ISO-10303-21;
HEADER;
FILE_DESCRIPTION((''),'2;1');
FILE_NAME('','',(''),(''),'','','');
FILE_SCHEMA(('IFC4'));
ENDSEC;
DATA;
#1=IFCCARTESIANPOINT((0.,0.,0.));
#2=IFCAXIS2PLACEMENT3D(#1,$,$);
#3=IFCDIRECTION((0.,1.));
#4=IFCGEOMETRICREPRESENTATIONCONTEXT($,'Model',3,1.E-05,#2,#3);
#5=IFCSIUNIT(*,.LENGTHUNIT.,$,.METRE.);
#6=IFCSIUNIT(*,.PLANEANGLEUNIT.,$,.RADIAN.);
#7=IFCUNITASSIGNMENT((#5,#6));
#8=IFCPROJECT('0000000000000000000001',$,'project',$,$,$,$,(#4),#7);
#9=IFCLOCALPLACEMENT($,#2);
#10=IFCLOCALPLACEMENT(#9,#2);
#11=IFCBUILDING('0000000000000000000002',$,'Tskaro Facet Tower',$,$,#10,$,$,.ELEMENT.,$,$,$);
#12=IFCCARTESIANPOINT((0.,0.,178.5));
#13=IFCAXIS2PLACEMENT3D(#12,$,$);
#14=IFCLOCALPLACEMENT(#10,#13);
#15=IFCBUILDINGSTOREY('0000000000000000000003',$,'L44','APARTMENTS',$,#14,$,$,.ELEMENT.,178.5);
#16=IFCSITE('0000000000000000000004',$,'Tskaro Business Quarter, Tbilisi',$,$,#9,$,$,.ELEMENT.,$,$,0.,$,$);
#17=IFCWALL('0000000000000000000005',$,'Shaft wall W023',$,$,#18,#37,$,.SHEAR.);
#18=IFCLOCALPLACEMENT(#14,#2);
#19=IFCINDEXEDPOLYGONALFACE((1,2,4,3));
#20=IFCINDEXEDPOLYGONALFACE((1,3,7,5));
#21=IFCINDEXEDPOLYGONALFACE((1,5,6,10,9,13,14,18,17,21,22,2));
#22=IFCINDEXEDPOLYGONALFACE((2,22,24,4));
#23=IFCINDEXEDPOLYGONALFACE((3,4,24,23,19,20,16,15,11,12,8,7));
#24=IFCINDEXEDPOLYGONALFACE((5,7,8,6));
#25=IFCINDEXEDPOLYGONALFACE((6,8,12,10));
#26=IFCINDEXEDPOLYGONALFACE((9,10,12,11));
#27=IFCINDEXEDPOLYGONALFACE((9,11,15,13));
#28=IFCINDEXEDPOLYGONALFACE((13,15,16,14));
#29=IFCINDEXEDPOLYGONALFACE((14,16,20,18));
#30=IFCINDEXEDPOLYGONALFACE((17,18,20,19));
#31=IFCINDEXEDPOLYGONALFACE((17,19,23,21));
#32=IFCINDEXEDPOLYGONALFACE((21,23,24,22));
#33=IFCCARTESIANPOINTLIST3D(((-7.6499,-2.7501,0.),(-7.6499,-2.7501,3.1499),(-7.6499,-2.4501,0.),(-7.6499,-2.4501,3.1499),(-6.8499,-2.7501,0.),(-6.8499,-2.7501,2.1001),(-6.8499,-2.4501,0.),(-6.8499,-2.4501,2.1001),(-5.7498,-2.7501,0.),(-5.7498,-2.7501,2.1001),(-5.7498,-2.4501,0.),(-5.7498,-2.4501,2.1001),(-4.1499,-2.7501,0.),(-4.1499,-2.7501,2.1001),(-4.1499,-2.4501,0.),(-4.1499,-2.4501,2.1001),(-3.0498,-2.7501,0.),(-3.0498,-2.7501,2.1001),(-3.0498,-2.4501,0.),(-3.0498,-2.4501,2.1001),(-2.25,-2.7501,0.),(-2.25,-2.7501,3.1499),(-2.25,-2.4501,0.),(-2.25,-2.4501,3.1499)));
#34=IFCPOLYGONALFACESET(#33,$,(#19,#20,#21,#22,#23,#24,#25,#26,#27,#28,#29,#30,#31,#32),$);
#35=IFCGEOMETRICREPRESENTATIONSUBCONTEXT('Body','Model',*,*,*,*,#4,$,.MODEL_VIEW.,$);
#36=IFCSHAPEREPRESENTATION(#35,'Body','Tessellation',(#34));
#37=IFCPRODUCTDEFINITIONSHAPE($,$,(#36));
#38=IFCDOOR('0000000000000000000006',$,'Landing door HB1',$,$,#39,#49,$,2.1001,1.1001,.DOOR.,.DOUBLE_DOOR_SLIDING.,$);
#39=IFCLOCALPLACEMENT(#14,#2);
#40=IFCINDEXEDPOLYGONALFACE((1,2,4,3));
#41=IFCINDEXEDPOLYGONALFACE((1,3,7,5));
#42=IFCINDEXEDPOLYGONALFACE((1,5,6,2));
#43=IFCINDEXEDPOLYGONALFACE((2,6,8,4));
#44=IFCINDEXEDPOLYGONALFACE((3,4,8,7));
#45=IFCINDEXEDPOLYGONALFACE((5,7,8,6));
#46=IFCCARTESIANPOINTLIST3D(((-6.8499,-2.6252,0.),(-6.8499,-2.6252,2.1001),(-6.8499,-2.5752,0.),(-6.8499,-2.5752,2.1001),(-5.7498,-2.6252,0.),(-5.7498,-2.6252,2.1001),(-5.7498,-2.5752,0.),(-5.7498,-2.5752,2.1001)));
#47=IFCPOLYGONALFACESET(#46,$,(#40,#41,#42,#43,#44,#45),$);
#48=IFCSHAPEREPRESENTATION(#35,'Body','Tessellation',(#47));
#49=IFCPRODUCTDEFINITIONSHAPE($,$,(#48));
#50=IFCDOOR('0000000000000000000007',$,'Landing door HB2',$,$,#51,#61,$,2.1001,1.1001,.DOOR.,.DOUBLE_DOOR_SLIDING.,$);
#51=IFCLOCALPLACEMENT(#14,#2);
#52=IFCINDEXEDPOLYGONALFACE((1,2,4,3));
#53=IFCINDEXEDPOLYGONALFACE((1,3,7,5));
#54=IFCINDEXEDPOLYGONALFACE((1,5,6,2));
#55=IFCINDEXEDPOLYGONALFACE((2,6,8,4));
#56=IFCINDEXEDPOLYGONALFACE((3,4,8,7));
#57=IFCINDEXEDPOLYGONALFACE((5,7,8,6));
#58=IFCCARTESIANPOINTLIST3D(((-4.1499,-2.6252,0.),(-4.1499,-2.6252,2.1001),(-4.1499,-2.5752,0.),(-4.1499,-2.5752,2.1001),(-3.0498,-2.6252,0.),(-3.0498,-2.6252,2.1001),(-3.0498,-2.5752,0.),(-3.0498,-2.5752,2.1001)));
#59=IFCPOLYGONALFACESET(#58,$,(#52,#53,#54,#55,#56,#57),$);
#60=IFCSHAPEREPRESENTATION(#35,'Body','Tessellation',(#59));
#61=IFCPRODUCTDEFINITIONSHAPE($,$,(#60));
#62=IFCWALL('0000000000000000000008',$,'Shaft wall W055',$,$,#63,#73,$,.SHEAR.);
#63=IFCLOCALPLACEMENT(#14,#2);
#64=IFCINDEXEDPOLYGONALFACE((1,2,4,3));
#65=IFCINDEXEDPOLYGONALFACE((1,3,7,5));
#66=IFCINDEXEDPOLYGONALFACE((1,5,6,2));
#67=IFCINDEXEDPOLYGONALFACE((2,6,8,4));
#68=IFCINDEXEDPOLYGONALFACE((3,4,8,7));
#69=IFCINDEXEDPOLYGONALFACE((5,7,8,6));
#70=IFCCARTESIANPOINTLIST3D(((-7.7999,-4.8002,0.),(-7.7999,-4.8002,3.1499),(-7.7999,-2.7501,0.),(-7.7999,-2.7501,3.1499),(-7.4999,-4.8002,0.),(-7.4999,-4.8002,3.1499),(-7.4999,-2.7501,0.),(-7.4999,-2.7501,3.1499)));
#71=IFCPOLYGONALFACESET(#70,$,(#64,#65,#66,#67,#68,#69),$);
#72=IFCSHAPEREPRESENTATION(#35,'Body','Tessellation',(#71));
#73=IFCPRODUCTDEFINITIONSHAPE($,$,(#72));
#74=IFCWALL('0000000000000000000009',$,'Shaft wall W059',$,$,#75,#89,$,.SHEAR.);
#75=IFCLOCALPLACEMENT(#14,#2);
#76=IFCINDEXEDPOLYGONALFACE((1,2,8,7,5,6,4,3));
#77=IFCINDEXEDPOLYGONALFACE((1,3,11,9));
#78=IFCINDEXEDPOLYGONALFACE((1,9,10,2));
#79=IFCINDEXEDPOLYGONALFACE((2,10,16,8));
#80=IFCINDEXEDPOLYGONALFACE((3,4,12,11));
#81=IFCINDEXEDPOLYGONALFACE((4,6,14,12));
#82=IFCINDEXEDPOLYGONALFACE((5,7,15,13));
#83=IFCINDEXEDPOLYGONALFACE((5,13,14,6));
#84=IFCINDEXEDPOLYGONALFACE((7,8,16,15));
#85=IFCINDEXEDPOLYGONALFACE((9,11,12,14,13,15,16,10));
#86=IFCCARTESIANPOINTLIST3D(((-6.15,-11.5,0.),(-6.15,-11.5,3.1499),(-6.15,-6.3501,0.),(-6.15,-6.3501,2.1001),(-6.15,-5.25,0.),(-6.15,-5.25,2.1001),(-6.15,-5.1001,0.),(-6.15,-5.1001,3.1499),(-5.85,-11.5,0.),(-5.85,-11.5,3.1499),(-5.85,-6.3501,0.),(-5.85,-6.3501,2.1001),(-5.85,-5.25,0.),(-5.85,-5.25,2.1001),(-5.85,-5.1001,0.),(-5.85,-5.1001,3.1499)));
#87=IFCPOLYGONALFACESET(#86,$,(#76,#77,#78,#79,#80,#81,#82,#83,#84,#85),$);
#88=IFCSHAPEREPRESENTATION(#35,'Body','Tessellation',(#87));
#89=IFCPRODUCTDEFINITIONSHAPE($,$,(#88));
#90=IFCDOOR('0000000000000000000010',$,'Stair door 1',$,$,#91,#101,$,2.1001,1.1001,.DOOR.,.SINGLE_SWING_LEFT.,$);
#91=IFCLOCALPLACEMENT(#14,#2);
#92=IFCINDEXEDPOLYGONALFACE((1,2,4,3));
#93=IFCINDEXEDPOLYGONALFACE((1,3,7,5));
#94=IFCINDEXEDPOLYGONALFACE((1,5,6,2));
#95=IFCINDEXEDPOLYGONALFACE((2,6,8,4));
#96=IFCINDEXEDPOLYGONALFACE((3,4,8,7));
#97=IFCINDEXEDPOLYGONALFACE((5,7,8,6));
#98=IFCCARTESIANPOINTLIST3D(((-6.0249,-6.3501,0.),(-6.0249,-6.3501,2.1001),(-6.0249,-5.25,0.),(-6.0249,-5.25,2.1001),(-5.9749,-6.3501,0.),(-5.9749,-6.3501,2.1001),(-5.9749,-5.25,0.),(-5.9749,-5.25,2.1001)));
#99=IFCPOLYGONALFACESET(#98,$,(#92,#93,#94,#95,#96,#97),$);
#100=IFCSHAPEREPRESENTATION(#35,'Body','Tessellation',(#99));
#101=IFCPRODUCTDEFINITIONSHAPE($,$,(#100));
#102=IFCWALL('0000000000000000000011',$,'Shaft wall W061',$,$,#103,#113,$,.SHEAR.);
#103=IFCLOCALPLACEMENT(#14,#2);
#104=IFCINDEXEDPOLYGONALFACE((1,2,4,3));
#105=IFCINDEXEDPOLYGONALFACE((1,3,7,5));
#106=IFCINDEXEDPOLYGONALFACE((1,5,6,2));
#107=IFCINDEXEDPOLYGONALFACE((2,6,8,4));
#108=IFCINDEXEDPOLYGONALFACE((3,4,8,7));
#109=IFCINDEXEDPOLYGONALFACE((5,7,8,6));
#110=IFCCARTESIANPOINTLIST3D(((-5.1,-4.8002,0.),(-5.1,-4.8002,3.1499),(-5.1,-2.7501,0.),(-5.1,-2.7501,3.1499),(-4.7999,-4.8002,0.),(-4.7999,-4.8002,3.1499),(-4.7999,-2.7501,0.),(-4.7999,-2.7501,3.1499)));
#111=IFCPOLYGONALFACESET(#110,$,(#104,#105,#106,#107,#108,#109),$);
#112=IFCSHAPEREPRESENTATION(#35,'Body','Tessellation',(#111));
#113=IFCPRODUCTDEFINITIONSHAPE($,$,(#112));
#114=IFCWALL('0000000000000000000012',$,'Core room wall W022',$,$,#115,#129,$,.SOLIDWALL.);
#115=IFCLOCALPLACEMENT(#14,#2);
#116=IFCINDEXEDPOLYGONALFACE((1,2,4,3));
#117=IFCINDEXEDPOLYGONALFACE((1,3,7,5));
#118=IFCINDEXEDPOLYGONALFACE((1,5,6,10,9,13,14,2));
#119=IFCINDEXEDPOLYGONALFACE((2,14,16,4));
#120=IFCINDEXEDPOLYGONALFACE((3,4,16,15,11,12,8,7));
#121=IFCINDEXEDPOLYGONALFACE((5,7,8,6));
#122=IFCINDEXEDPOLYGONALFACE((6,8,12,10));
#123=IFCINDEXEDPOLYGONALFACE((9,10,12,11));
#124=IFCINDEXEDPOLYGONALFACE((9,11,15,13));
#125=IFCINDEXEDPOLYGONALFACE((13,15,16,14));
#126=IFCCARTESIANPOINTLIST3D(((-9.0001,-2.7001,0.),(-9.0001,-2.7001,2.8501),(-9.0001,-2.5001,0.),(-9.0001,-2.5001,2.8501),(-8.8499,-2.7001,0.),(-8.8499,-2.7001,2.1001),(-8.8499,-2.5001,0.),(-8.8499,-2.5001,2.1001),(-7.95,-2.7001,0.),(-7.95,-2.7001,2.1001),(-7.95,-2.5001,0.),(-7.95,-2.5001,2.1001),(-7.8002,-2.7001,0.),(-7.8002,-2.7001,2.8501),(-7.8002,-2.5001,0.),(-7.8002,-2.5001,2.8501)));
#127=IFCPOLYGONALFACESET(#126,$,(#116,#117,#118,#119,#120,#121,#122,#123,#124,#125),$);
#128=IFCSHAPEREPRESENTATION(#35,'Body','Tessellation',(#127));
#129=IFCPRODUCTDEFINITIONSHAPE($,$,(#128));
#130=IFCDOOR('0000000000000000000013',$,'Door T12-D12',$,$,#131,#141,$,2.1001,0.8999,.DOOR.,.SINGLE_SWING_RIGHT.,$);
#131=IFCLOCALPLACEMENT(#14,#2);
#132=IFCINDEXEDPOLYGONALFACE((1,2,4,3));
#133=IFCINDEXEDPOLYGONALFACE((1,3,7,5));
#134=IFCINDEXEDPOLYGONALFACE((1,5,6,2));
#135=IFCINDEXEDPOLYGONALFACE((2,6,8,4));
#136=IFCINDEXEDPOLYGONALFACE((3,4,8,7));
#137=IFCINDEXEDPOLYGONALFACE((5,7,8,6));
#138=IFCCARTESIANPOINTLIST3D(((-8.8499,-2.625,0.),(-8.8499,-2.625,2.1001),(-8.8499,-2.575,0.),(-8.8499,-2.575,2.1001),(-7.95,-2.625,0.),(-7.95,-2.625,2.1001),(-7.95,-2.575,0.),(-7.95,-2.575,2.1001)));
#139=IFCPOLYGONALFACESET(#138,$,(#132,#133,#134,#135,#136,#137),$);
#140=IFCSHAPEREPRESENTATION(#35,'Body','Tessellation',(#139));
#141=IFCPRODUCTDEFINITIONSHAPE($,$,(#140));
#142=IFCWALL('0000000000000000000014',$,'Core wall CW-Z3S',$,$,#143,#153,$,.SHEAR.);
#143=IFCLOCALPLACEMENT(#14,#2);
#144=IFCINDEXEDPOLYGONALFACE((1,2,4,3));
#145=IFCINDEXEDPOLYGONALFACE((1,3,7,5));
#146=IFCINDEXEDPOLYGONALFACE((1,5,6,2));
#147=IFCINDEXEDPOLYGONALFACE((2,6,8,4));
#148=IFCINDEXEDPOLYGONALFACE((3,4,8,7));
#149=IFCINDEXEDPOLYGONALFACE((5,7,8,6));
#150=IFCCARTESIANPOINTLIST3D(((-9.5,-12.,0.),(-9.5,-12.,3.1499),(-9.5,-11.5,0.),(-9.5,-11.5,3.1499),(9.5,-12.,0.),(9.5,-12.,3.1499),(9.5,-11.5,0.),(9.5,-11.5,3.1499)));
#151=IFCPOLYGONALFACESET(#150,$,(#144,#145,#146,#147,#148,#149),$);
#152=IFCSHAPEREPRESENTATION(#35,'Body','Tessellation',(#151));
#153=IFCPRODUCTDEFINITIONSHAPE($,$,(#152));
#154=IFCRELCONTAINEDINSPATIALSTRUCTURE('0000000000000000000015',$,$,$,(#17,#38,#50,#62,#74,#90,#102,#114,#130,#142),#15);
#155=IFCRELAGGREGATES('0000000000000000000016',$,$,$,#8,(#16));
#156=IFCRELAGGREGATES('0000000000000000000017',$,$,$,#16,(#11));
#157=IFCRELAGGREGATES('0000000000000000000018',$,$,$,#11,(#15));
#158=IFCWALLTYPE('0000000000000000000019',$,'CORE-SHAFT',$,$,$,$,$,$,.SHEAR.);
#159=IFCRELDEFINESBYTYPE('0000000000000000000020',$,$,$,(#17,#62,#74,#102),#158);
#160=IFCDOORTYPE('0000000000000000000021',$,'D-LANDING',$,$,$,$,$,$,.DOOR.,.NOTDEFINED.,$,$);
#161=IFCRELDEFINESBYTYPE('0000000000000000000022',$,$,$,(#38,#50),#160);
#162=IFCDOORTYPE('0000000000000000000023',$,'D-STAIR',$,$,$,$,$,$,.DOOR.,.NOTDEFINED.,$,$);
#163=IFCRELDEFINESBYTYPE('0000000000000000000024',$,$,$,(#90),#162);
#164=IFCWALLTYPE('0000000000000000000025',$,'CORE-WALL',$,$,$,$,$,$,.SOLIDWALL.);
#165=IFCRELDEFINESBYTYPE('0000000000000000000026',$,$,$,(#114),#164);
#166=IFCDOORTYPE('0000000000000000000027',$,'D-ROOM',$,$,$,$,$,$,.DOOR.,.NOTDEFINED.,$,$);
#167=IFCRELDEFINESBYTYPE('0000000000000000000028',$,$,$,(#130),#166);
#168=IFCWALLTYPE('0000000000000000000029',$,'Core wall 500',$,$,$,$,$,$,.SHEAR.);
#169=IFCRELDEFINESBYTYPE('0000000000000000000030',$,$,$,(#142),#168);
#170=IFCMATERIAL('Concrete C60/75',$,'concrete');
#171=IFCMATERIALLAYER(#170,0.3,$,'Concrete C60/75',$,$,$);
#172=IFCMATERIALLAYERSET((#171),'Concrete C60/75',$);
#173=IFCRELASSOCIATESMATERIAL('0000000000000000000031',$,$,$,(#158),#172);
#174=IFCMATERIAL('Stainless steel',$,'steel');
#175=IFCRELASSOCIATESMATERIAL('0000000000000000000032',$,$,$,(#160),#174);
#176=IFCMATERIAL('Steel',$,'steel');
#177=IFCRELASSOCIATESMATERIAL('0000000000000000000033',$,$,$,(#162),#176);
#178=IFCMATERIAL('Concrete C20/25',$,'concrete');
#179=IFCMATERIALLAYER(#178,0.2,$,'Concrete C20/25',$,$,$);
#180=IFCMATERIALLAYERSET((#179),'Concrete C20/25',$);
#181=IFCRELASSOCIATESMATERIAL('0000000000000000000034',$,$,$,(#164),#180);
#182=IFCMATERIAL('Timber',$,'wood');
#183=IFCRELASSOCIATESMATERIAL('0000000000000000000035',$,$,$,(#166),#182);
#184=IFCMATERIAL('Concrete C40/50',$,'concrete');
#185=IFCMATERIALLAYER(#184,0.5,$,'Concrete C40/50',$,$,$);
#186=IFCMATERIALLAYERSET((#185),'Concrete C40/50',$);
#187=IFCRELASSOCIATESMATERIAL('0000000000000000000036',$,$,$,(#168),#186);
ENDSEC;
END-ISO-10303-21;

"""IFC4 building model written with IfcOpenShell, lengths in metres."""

from ifc_helpers import new_model, si_unit, direction, frame, frame_2d, origin, place, context, subcontext, project, spatial, rectangle, extrude, material, layer, layer_set, type_object, element, fill, save


model = new_model("IFC4")

# Units and contexts
model_context = context("Model", 3, precision=1e-05, world=origin(), true_north=direction((0.0, 1.0)))
body_context = subcontext(model_context, "Body", "Model", "MODEL_VIEW")
ifc_project = project(units=[si_unit("LENGTHUNIT", "METRE"), si_unit("PLANEANGLEUNIT", "RADIAN")], contexts=[model_context])

# Site, building, storey
site_placement = place(None, origin())
site = spatial("IfcSite", under=ifc_project, at=site_placement, Name="Tskaro Business Quarter, Tbilisi", CompositionType="ELEMENT", RefElevation=0.0)
building_placement = place(site_placement, origin())
building = spatial("IfcBuilding", under=site, at=building_placement, Name="Tskaro Facet Tower", CompositionType="ELEMENT")
storey_placement = place(building_placement, frame((0.0, 0.0, 178.5)))
storey = spatial("IfcBuildingStorey", under=building, at=storey_placement, Name="L44", Description="APARTMENTS", CompositionType="ELEMENT", Elevation=178.5)

# Shared definitions
ifc_material_1 = material(Name="Concrete C60/75", Category="concrete")
ifc_layer_1 = layer(ifc_material_1, 0.3, Name="Concrete C60/75")
ifc_layer_set_1 = layer_set([ifc_layer_1], Name="Concrete C60/75")
wall_type_1 = type_object("IfcWallType", Name="CORE-SHAFT", PredefinedType="SHEAR", material=ifc_layer_set_1)
ifc_material_2 = material(Name="Stainless steel", Category="steel")
door_type_1 = type_object("IfcDoorType", Name="D-LANDING", OperationType="NOTDEFINED", PredefinedType="DOOR", material=ifc_material_2)

# Wall, openings, doors
wall_1_placement = place(storey_placement, frame((-7.6499, -2.6001, 0.0), z_axis=(0.0, 0.0, 1.0), x_axis=(1.0, 0.0, 0.0)))
wall_1 = element("IfcWall", 1, at=wall_1_placement, inside=storey, type_object=wall_type_1, Name="Shaft wall W023", PredefinedType="SHEAR", context=body_context, shape_type="SweptSolid", body=[
    extrude(rectangle(XDim=5.3999, YDim=0.3, at=frame_2d((2.7, 0.0))), origin(), (0.0, 0.0, 1.0), 3.1499),
])
opening_1_placement = place(wall_1_placement, frame((0.8, 0.0, 0.0)))
opening_1 = element("IfcOpeningElement", 2, at=opening_1_placement, cuts=wall_1, PredefinedType="OPENING", context=body_context, shape_type="SweptSolid", body=[
    extrude(rectangle(XDim=1.1001, YDim=2.1001, at=frame_2d((0.55, 1.05))), frame((0.0, 0.1599, 0.0), z_axis=(0.0, -1.0, 0.0), x_axis=(1.0, 0.0, 0.0)), (0.0, 0.0, 1.0), 0.3201),
])
opening_2_placement = place(wall_1_placement, frame((3.5, 0.0, 0.0)))
opening_2 = element("IfcOpeningElement", 3, at=opening_2_placement, cuts=wall_1, PredefinedType="OPENING", context=body_context, shape_type="SweptSolid", body=[
    extrude(rectangle(XDim=1.1001, YDim=2.1001, at=frame_2d((0.55, 1.05))), frame((0.0, 0.1599, 0.0), z_axis=(0.0, -1.0, 0.0), x_axis=(1.0, 0.0, 0.0)), (0.0, 0.0, 1.0), 0.3201),
])
door_1_placement = place(opening_1_placement, origin())
door_1 = element("IfcDoor", 4, at=door_1_placement, inside=storey, type_object=door_type_1, Name="Landing door HB1", OperationType="DOUBLE_DOOR_SLIDING", OverallHeight=2.1001, OverallWidth=1.1001, PredefinedType="DOOR", context=body_context, shape_type="SweptSolid", body=[
    extrude(rectangle(XDim=1.1001, YDim=2.1001, at=frame_2d((0.55, 1.05))), frame((0.0, 0.0249, 0.0), z_axis=(0.0, -1.0, 0.0), x_axis=(1.0, 0.0, 0.0)), (0.0, 0.0, 1.0), 0.05),
])
fill(opening_1, door_1)
door_2_placement = place(opening_2_placement, origin())
door_2 = element("IfcDoor", 5, at=door_2_placement, inside=storey, type_object=door_type_1, Name="Landing door HB2", OperationType="DOUBLE_DOOR_SLIDING", OverallHeight=2.1001, OverallWidth=1.1001, PredefinedType="DOOR", context=body_context, shape_type="SweptSolid", body=[
    extrude(rectangle(XDim=1.1001, YDim=2.1001, at=frame_2d((0.55, 1.05))), frame((0.0, 0.0249, 0.0), z_axis=(0.0, -1.0, 0.0), x_axis=(1.0, 0.0, 0.0)), (0.0, 0.0, 1.0), 0.05),
])
fill(opening_2, door_2)

# Wall
wall_2_placement = place(storey_placement, frame((-7.6499, -4.8, 0.0), z_axis=(0.0, 0.0, 1.0), x_axis=(0.0, 1.0, 0.0)))
element("IfcWall", 6, at=wall_2_placement, inside=storey, type_object=wall_type_1, Name="Shaft wall W055", PredefinedType="SHEAR", context=body_context, shape_type="SweptSolid", body=[
    extrude(rectangle(XDim=2.05, YDim=0.3, at=frame_2d((1.0249, 0.0))), origin(), (0.0, 0.0, 1.0), 3.1499),
])

# Wall, opening, door
wall_3_placement = place(storey_placement, frame((-6.0, -11.5, 0.0), z_axis=(0.0, 0.0, 1.0), x_axis=(0.0, 1.0, 0.0)))
wall_3 = element("IfcWall", 7, at=wall_3_placement, inside=storey, type_object=wall_type_1, Name="Shaft wall W059", PredefinedType="SHEAR", context=body_context, shape_type="SweptSolid", body=[
    extrude(rectangle(XDim=6.3999, YDim=0.3, at=frame_2d((3.2, 0.0))), origin(), (0.0, 0.0, 1.0), 3.1499),
])
opening_3_placement = place(wall_3_placement, frame((5.1499, 0.0, 0.0)))
opening_3 = element("IfcOpeningElement", 8, at=opening_3_placement, cuts=wall_3, PredefinedType="OPENING", context=body_context, shape_type="SweptSolid", body=[
    extrude(rectangle(XDim=1.1001, YDim=2.1001, at=frame_2d((0.55, 1.05))), frame((0.0, 0.1599, 0.0), z_axis=(0.0, -1.0, 0.0), x_axis=(1.0, 0.0, 0.0)), (0.0, 0.0, 1.0), 0.3201),
])
ifc_material_3 = material(Name="Steel", Category="steel")
door_type_2 = type_object("IfcDoorType", Name="D-STAIR", OperationType="NOTDEFINED", PredefinedType="DOOR", material=ifc_material_3)
door_3_placement = place(opening_3_placement, origin())
door_3 = element("IfcDoor", 9, at=door_3_placement, inside=storey, type_object=door_type_2, Name="Stair door 1", OperationType="SINGLE_SWING_LEFT", OverallHeight=2.1001, OverallWidth=1.1001, PredefinedType="DOOR", context=body_context, shape_type="SweptSolid", body=[
    extrude(rectangle(XDim=1.1001, YDim=2.1001, at=frame_2d((0.55, 1.05))), frame((0.0, 0.0249, 0.0), z_axis=(0.0, -1.0, 0.0), x_axis=(1.0, 0.0, 0.0)), (0.0, 0.0, 1.0), 0.05),
])
fill(opening_3, door_3)

# Wall
wall_4_placement = place(storey_placement, frame((-4.95, -4.8, 0.0), z_axis=(0.0, 0.0, 1.0), x_axis=(0.0, 1.0, 0.0)))
element("IfcWall", 10, at=wall_4_placement, inside=storey, type_object=wall_type_1, Name="Shaft wall W061", PredefinedType="SHEAR", context=body_context, shape_type="SweptSolid", body=[
    extrude(rectangle(XDim=2.05, YDim=0.3, at=frame_2d((1.0249, 0.0))), origin(), (0.0, 0.0, 1.0), 3.1499),
])

# Wall, opening, door
ifc_material_4 = material(Name="Concrete C20/25", Category="concrete")
ifc_layer_2 = layer(ifc_material_4, 0.2, Name="Concrete C20/25")
ifc_layer_set_2 = layer_set([ifc_layer_2], Name="Concrete C20/25")
wall_type_2 = type_object("IfcWallType", Name="CORE-WALL", PredefinedType="SOLIDWALL", material=ifc_layer_set_2)
wall_5_placement = place(storey_placement, frame((-7.8, -2.6001, 0.0), z_axis=(0.0, 0.0, 1.0), x_axis=(-1.0, 0.0, 0.0)))
wall_5 = element("IfcWall", 11, at=wall_5_placement, inside=storey, type_object=wall_type_2, Name="Core room wall W022", PredefinedType="SOLIDWALL", context=body_context, shape_type="SweptSolid", body=[
    extrude(rectangle(XDim=1.2, YDim=0.2, at=frame_2d((0.6001, 0.0))), origin(), (0.0, 0.0, 1.0), 2.8501),
])
opening_4_placement = place(wall_5_placement, frame((0.1499, 0.0, 0.0)))
opening_4 = element("IfcOpeningElement", 12, at=opening_4_placement, cuts=wall_5, PredefinedType="OPENING", context=body_context, shape_type="SweptSolid", body=[
    extrude(rectangle(XDim=0.8999, YDim=2.1001, at=frame_2d((0.45, 1.05))), frame((0.0, 0.1099, 0.0), z_axis=(0.0, -1.0, 0.0), x_axis=(1.0, 0.0, 0.0)), (0.0, 0.0, 1.0), 0.22),
])
ifc_material_5 = material(Name="Timber", Category="wood")
door_type_3 = type_object("IfcDoorType", Name="D-ROOM", OperationType="NOTDEFINED", PredefinedType="DOOR", material=ifc_material_5)
door_4_placement = place(opening_4_placement, origin())
door_4 = element("IfcDoor", 13, at=door_4_placement, inside=storey, type_object=door_type_3, Name="Door T12-D12", OperationType="SINGLE_SWING_RIGHT", OverallHeight=2.1001, OverallWidth=0.8999, PredefinedType="DOOR", context=body_context, shape_type="SweptSolid", body=[
    extrude(rectangle(XDim=0.8999, YDim=2.1001, at=frame_2d((0.45, 1.05))), frame((0.0, 0.0249, 0.0), z_axis=(0.0, -1.0, 0.0), x_axis=(1.0, 0.0, 0.0)), (0.0, 0.0, 1.0), 0.05),
])
fill(opening_4, door_4)

# Wall
ifc_material_6 = material(Name="Concrete C40/50", Category="concrete")
ifc_layer_3 = layer(ifc_material_6, 0.5, Name="Concrete C40/50")
ifc_layer_set_3 = layer_set([ifc_layer_3], Name="Concrete C40/50")
wall_type_3 = type_object("IfcWallType", Name="Core wall 500", PredefinedType="SHEAR", material=ifc_layer_set_3)
wall_6_placement = place(storey_placement, frame((-9.5, -11.75, 0.0), z_axis=(0.0, 0.0, 1.0), x_axis=(1.0, 0.0, 0.0)))
element("IfcWall", 14, at=wall_6_placement, inside=storey, type_object=wall_type_3, Name="Core wall CW-Z3S", PredefinedType="SHEAR", context=body_context, shape_type="SweptSolid", body=[
    extrude(rectangle(XDim=19.0, YDim=0.5, at=frame_2d((9.5, 0.0))), origin(), (0.0, 0.0, 1.0), 3.1499),
])

save(model, "model.ifc")
